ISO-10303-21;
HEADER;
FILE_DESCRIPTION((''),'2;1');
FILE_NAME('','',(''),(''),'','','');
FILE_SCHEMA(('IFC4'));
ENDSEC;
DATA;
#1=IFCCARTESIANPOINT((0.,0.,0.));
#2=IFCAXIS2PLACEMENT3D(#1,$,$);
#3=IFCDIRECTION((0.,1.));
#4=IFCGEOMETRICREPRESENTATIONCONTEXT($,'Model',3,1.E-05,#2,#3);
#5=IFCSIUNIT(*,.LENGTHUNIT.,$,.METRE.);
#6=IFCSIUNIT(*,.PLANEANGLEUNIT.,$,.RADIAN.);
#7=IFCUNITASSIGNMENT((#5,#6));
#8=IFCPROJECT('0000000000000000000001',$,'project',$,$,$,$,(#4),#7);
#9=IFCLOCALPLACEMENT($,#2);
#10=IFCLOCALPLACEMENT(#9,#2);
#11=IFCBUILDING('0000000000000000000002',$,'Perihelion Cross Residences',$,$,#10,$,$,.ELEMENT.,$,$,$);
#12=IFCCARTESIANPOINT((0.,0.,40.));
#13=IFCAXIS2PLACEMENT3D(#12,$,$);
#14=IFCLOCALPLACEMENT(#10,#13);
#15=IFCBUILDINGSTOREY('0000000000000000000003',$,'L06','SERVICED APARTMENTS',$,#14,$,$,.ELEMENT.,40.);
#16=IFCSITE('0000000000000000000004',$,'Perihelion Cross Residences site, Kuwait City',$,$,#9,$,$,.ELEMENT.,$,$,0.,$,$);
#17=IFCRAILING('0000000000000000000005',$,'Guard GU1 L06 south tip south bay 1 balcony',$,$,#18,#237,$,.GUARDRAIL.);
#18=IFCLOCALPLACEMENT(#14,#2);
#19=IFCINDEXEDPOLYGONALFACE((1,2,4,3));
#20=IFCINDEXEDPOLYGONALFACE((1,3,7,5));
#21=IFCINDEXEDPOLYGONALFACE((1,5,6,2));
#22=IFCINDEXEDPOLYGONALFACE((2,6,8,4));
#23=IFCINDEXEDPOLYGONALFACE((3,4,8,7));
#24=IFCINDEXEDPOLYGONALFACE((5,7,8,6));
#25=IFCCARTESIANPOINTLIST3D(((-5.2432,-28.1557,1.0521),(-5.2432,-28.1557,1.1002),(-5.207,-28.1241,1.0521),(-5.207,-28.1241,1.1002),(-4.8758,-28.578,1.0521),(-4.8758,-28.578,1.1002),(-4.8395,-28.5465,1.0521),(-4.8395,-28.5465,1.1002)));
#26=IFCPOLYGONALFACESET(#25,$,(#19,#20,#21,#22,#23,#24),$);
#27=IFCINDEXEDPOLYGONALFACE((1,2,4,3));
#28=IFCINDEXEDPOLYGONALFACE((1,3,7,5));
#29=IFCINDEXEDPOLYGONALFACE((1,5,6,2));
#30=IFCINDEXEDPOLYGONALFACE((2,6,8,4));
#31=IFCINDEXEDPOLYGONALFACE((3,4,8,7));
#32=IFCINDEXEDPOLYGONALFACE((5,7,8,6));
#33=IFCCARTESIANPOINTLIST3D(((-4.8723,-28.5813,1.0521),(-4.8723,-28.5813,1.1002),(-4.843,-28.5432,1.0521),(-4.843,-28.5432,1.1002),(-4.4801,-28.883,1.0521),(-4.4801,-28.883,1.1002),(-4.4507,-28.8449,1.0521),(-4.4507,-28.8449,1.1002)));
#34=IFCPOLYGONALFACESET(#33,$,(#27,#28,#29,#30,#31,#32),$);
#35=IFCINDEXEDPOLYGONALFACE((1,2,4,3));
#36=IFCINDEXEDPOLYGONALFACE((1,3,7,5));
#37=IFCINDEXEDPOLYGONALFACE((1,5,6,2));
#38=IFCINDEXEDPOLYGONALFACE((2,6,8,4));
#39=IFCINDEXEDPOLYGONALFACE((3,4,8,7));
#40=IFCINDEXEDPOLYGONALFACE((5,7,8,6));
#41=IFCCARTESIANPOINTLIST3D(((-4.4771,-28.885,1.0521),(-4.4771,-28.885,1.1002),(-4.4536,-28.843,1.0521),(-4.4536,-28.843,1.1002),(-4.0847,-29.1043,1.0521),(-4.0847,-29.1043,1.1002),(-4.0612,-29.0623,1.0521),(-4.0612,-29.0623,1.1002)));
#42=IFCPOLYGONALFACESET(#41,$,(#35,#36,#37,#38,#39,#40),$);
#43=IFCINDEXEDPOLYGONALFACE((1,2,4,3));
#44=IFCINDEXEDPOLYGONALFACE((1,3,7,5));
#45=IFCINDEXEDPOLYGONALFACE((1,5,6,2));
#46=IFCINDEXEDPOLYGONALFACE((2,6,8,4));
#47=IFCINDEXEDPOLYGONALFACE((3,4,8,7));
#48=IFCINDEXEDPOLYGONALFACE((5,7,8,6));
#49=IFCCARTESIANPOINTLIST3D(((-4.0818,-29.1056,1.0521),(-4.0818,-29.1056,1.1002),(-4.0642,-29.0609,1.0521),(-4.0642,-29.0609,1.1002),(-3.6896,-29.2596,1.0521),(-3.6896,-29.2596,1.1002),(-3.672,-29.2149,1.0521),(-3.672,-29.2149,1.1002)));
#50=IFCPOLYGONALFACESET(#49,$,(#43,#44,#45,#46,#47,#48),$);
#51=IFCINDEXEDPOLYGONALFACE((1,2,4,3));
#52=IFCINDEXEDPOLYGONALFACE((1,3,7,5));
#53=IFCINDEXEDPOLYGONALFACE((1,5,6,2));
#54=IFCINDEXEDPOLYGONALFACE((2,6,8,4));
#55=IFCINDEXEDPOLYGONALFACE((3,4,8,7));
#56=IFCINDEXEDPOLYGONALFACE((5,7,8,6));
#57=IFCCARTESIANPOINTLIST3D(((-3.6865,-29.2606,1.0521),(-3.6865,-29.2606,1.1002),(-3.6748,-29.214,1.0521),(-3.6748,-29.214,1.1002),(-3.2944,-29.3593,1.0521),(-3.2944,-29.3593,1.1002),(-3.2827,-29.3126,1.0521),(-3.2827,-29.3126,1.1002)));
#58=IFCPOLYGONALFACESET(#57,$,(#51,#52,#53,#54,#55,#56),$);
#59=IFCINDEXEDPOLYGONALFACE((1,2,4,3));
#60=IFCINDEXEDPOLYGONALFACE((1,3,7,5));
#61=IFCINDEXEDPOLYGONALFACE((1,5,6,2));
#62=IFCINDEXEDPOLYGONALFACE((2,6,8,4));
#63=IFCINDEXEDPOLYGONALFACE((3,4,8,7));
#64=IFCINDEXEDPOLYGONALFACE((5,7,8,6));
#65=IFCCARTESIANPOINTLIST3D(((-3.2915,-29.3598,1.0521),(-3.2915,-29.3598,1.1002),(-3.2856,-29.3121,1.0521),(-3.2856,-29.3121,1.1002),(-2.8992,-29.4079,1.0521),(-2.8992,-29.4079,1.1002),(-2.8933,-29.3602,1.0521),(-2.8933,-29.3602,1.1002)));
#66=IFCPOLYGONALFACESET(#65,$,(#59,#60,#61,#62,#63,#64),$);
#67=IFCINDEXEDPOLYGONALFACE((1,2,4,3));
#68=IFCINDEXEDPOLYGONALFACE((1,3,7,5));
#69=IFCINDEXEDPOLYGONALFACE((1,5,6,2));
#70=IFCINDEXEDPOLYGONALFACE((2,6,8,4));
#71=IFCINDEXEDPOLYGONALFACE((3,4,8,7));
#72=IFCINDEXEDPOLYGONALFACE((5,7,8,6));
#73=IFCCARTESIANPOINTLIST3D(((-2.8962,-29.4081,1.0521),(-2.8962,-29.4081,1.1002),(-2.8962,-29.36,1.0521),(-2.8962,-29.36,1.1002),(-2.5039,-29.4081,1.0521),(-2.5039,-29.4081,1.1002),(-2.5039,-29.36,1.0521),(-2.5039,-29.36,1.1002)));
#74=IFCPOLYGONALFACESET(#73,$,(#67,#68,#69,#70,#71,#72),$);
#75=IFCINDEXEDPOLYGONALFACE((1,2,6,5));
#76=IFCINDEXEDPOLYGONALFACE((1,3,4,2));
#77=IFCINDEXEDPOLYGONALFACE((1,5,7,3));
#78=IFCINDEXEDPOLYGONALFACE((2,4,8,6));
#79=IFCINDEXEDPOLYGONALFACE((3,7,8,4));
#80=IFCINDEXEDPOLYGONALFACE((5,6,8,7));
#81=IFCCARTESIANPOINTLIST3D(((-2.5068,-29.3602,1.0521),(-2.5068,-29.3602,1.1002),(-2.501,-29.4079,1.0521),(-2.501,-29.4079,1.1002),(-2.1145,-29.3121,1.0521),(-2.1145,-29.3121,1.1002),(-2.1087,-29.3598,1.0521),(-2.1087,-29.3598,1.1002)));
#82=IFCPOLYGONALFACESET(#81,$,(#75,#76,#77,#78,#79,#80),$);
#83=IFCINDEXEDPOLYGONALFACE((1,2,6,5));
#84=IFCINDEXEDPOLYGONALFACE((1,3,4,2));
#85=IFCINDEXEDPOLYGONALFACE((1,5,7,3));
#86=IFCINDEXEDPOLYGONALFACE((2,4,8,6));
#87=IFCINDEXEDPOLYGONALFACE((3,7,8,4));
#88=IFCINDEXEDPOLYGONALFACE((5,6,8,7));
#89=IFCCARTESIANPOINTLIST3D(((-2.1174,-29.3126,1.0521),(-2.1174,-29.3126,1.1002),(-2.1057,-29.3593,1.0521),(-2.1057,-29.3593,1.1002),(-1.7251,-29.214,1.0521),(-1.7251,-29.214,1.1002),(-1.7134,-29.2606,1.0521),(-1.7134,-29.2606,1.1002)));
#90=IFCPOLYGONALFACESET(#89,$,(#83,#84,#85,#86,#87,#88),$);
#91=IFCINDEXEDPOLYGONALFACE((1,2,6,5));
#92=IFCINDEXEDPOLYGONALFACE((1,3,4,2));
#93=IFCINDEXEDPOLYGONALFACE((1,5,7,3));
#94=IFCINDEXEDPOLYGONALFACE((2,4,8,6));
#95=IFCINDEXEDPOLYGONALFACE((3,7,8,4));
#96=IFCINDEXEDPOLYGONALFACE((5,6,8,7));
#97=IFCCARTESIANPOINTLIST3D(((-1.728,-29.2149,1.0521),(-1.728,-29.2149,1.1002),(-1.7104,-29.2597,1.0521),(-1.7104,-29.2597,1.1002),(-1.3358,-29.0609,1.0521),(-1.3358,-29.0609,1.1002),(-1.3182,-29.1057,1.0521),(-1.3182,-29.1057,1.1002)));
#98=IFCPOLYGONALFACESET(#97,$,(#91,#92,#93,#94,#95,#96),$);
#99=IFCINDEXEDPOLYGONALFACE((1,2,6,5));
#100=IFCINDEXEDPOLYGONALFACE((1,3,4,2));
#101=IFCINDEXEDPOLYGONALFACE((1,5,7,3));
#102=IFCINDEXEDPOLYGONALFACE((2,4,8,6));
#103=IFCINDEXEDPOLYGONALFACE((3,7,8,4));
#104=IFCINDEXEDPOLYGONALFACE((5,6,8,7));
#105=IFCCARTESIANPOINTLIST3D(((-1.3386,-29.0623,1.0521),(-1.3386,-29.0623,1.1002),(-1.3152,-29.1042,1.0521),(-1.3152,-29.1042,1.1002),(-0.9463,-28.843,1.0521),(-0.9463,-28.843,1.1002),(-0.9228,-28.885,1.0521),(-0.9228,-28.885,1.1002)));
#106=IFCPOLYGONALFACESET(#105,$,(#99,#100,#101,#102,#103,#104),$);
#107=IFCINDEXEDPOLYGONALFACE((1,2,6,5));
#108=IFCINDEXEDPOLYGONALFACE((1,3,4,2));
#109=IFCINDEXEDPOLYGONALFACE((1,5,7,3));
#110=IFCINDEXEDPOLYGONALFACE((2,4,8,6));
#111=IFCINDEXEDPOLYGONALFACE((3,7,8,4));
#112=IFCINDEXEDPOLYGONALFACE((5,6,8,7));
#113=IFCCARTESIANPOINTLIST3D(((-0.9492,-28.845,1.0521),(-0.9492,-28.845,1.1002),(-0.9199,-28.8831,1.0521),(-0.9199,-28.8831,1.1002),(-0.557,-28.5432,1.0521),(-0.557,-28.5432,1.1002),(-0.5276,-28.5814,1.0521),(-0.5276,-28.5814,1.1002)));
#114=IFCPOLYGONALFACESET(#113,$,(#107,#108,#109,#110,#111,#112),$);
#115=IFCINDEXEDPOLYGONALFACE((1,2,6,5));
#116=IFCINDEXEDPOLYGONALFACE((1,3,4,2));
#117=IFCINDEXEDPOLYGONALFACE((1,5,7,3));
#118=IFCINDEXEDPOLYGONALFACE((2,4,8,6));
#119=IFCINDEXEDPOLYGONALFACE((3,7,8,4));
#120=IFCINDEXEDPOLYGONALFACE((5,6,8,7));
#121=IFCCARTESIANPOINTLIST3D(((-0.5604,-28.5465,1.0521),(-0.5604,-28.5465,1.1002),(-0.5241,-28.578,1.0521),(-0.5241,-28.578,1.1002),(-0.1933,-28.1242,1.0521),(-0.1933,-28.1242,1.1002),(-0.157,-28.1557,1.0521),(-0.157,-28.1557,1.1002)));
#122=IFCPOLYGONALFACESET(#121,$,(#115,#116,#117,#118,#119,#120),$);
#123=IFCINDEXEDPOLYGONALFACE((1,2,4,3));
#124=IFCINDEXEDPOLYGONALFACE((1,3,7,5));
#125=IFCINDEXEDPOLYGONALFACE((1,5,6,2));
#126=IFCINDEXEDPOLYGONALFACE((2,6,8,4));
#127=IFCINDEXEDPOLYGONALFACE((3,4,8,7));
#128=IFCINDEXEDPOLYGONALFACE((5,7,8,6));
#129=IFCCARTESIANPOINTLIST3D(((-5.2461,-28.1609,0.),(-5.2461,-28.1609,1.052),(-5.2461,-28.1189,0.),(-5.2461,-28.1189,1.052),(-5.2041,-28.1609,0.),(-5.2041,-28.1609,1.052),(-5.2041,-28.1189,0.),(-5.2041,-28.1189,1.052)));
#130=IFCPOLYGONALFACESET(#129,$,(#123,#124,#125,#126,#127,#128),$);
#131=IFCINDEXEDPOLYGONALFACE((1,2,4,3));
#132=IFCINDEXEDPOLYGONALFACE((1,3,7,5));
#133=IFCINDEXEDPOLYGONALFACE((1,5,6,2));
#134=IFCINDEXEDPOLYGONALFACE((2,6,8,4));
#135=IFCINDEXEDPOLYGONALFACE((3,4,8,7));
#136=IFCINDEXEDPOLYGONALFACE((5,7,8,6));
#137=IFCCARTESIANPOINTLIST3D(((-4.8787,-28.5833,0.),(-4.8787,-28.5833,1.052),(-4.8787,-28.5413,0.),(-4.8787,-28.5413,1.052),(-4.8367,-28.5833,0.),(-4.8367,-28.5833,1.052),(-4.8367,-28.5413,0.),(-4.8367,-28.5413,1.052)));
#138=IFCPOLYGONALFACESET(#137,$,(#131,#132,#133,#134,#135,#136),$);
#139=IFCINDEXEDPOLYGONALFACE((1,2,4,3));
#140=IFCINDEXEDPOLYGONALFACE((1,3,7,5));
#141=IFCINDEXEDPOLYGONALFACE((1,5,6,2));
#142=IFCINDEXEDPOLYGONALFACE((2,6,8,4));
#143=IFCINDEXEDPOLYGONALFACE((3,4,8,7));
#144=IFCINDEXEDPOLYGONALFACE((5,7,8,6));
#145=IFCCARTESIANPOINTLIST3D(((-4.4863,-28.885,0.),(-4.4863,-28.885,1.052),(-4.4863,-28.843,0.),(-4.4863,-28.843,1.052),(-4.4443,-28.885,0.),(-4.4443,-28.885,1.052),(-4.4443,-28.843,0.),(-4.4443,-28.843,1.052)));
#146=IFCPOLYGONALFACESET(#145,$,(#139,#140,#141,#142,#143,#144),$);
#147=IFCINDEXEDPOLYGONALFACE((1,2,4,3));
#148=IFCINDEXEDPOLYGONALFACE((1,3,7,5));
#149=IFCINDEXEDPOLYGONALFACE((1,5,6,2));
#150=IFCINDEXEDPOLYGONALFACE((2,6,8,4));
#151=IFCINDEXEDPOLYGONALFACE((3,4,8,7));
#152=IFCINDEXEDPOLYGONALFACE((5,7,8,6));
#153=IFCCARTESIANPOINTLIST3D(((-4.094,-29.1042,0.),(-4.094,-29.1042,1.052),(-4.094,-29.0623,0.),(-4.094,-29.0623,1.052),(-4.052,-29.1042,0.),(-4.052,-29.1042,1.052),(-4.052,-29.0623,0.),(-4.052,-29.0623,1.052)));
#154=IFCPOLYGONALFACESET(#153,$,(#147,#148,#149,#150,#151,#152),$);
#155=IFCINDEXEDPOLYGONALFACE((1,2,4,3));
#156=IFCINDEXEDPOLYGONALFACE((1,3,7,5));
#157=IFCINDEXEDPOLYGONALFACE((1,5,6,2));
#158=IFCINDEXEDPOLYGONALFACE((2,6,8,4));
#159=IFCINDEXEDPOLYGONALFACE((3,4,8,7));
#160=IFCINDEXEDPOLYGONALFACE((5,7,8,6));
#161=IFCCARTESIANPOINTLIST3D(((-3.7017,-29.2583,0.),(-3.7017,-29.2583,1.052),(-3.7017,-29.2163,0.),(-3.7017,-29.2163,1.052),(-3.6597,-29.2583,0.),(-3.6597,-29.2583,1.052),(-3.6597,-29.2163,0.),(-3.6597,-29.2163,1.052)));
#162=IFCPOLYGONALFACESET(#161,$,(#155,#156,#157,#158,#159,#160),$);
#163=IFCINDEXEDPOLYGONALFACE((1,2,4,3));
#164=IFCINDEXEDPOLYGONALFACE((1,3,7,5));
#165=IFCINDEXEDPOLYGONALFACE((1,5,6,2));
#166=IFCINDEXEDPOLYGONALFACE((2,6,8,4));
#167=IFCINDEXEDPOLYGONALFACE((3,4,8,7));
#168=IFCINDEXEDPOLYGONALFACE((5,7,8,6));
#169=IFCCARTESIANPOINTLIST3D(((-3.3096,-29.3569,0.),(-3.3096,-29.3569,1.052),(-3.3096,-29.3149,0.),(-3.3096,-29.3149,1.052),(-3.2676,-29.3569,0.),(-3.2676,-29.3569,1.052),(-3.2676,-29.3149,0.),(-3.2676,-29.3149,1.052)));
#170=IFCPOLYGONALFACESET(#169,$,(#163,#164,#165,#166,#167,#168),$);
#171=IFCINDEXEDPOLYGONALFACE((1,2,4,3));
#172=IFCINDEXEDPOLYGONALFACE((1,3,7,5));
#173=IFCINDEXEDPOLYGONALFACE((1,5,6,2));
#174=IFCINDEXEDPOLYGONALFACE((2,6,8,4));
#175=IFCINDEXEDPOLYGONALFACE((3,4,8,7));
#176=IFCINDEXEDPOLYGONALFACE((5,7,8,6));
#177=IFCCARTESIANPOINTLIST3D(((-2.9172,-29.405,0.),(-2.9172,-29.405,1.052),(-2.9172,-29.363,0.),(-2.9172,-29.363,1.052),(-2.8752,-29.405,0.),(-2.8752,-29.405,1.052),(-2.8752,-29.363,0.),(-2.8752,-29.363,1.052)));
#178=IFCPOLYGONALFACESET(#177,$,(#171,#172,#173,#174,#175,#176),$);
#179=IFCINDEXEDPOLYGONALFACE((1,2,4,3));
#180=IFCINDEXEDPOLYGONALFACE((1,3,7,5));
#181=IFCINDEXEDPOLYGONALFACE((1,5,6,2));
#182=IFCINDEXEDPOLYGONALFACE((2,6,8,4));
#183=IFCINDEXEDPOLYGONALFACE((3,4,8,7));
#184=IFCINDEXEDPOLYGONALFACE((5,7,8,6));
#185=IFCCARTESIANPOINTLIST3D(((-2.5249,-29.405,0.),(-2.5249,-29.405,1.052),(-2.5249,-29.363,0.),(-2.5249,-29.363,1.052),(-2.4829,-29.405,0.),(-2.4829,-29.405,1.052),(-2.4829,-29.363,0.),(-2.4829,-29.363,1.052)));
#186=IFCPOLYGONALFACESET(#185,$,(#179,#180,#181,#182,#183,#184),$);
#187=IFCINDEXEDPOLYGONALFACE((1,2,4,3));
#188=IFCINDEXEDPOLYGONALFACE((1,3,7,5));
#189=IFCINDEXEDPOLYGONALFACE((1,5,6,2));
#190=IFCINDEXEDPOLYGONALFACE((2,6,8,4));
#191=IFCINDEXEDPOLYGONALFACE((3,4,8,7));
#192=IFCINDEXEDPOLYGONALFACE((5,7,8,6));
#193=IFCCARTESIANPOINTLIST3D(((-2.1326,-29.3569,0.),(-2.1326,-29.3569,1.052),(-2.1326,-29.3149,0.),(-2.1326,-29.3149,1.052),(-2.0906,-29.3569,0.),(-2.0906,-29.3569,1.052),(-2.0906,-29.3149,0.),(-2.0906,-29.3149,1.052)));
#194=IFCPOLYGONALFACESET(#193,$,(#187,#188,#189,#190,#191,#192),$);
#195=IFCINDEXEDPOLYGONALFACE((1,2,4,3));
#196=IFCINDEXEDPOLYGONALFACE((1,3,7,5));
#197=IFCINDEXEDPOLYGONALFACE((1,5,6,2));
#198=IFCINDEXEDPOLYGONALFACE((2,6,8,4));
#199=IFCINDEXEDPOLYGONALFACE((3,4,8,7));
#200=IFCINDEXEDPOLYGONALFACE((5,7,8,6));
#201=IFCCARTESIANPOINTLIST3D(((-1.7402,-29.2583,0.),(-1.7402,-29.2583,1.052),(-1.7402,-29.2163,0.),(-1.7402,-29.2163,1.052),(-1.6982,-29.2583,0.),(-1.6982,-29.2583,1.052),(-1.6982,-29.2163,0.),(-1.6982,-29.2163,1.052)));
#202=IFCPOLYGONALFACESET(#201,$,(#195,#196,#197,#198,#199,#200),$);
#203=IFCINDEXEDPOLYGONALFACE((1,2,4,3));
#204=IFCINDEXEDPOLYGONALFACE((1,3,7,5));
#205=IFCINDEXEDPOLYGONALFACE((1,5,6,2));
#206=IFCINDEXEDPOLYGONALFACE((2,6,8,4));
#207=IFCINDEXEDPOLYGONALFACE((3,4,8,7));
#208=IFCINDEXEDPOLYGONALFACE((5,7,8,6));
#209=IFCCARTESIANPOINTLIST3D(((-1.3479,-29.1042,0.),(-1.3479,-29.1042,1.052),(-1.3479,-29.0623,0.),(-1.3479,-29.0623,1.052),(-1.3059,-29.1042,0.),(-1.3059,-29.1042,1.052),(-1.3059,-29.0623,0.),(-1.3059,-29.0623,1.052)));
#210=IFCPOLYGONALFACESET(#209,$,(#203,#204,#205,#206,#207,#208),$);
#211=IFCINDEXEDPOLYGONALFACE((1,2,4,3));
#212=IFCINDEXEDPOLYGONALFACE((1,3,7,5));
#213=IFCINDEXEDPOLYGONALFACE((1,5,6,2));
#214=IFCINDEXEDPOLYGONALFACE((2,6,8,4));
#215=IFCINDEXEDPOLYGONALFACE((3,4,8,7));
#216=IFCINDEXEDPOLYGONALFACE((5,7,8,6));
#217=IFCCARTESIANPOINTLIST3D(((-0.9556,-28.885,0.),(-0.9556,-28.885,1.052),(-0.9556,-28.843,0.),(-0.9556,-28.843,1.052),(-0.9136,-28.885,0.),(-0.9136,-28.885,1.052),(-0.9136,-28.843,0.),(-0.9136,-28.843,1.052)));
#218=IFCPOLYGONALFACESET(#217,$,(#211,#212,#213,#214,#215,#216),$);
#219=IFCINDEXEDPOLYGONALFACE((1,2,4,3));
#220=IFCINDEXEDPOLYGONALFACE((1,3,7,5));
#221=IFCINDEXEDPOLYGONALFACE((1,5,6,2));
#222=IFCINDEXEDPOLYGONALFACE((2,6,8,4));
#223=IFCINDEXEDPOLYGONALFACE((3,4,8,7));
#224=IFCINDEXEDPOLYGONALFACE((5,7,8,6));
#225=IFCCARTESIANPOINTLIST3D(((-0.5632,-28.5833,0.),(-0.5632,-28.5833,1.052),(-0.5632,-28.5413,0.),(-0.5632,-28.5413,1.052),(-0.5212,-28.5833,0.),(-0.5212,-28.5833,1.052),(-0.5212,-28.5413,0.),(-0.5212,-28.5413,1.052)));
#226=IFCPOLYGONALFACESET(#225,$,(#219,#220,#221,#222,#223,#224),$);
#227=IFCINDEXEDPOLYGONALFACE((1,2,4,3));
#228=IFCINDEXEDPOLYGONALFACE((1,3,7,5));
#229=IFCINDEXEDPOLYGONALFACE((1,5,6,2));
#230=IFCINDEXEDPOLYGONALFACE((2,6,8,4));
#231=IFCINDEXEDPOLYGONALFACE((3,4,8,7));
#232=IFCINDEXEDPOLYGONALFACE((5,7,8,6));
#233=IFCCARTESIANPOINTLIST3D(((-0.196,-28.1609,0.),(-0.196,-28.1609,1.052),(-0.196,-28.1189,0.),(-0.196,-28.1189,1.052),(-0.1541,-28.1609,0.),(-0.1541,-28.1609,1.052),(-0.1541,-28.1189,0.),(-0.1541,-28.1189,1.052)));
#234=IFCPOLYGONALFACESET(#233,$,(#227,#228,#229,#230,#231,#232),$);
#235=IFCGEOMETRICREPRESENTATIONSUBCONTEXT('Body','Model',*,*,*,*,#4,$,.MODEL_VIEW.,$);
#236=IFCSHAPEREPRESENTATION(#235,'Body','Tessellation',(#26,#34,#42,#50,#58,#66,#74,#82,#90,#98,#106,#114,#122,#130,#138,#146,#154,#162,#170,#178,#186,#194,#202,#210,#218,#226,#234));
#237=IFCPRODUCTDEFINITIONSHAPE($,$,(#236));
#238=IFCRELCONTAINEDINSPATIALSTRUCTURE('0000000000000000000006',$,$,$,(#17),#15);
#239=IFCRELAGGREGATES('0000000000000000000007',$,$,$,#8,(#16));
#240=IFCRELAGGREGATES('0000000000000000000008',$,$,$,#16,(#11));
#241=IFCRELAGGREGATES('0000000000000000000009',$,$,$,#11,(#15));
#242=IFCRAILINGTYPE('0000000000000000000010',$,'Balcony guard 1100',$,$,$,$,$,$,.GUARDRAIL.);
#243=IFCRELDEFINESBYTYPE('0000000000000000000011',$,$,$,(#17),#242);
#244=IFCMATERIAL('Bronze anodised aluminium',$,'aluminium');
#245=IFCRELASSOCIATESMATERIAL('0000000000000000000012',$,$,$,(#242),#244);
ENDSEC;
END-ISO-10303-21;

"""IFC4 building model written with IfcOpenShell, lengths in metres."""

from ifc_helpers import new_model, si_unit, direction, frame, origin, origin_2d, place, context, subcontext, project, spatial, rectangle, extrude, material, type_object, element, save


model = new_model("IFC4")

# Units and contexts
model_context = context("Model", 3, precision=1e-05, world=origin(), true_north=direction((0.0, 1.0)))
body_context = subcontext(model_context, "Body", "Model", "MODEL_VIEW")
ifc_project = project(units=[si_unit("LENGTHUNIT", "METRE"), si_unit("PLANEANGLEUNIT", "RADIAN")], contexts=[model_context])

# Site, building, storey
site_placement = place(None, origin())
site = spatial("IfcSite", under=ifc_project, at=site_placement, Name="Perihelion Cross Residences site, Kuwait City", CompositionType="ELEMENT", RefElevation=0.0)
building_placement = place(site_placement, origin())
building = spatial("IfcBuilding", under=site, at=building_placement, Name="Perihelion Cross Residences", CompositionType="ELEMENT")
storey_placement = place(building_placement, frame((0.0, 0.0, 40.0)))
storey = spatial("IfcBuildingStorey", under=building, at=storey_placement, Name="L06", Description="SERVICED APARTMENTS", CompositionType="ELEMENT", Elevation=40.0)

# Railing
ifc_material_1 = material(Name="Bronze anodised aluminium", Category="aluminium")
railing_type = type_object("IfcRailingType", Name="Balcony guard 1100", PredefinedType="GUARDRAIL", material=ifc_material_1)
railing_placement = place(storey_placement, frame((-5.2251, -28.1399, 0.0)))
element("IfcRailing", 1, at=railing_placement, inside=storey, type_object=railing_type, Name="Guard GU1 L06 south tip south bay 1 balcony", PredefinedType="GUARDRAIL", context=body_context, shape_type="SweptSolid", body=[
    extrude(rectangle(XDim=0.0481, YDim=0.0481, at=origin_2d()), frame((0.0, 0.0, 1.0762), z_axis=(0.656341, -0.754465, 0.0), x_axis=(0.754465, 0.656341, 0.0)), (0.0, 0.0, 1.0), 0.5598),
    extrude(rectangle(XDim=0.0481, YDim=0.0481, at=origin_2d()), frame((0.3674, -0.4224, 1.0762), z_axis=(0.792661, -0.609663, 0.0), x_axis=(0.609663, 0.792661, 0.0)), (0.0, 0.0, 1.0), 0.4949),
    extrude(rectangle(XDim=0.0481, YDim=0.0481, at=origin_2d()), frame((0.7598, -0.7241, 1.0762), z_axis=(0.87295, -0.487809, 0.0), x_axis=(0.487809, 0.87295, 0.0)), (0.0, 0.0, 1.0), 0.4495),
    extrude(rectangle(XDim=0.0481, YDim=0.0481, at=origin_2d()), frame((1.1521, -0.9434, 1.0762), z_axis=(0.930815, -0.365491, 0.0), x_axis=(0.365491, 0.930815, 0.0)), (0.0, 0.0, 1.0), 0.4214),
    extrude(rectangle(XDim=0.0481, YDim=0.0481, at=origin_2d()), frame((1.5444, -1.0974, 1.0762), z_axis=(0.969786, -0.243956, 0.0), x_axis=(0.243956, 0.969786, 0.0)), (0.0, 0.0, 1.0), 0.4043),
    extrude(rectangle(XDim=0.0481, YDim=0.0481, at=origin_2d()), frame((1.9365, -1.196, 1.0762), z_axis=(0.99257, -0.121678, 0.0), x_axis=(0.121678, 0.99257, 0.0)), (0.0, 0.0, 1.0), 0.3953),
    extrude(rectangle(XDim=0.0481, YDim=0.0481, at=origin_2d()), frame((2.3289, -1.2441, 1.0762), z_axis=(1.0, 0.0, 0.0), x_axis=(0.0, 1.0, 0.0)), (0.0, 0.0, 1.0), 0.3923),
    extrude(rectangle(XDim=0.0481, YDim=0.0481, at=origin_2d()), frame((2.7212, -1.2441, 1.0762), z_axis=(0.99257, 0.121678, 0.0), x_axis=(-0.121678, 0.99257, 0.0)), (0.0, 0.0, 1.0), 0.3953),
    extrude(rectangle(XDim=0.0481, YDim=0.0481, at=origin_2d()), frame((3.1135, -1.196, 1.0762), z_axis=(0.969822, 0.243813, 0.0), x_axis=(-0.243813, 0.969822, 0.0)), (0.0, 0.0, 1.0), 0.4045),
    extrude(rectangle(XDim=0.0481, YDim=0.0481, at=origin_2d()), frame((3.5059, -1.0974, 1.0762), z_axis=(0.930815, 0.365491, 0.0), x_axis=(-0.365491, 0.930815, 0.0)), (0.0, 0.0, 1.0), 0.4214),
    extrude(rectangle(XDim=0.0481, YDim=0.0481, at=origin_2d()), frame((3.8982, -0.9434, 1.0762), z_axis=(0.87295, 0.487809, 0.0), x_axis=(-0.487809, 0.87295, 0.0)), (0.0, 0.0, 1.0), 0.4495),
    extrude(rectangle(XDim=0.0481, YDim=0.0481, at=origin_2d()), frame((4.2905, -0.7241, 1.0762), z_axis=(0.792661, 0.609663, 0.0), x_axis=(-0.609663, 0.792661, 0.0)), (0.0, 0.0, 1.0), 0.4949),
    extrude(rectangle(XDim=0.0481, YDim=0.0481, at=origin_2d()), frame((4.6829, -0.4224, 1.0762), z_axis=(0.656092, 0.754681, 0.0), x_axis=(-0.754681, 0.656092, 0.0)), (0.0, 0.0, 1.0), 0.5596),
    extrude(rectangle(XDim=0.042, YDim=0.042, at=origin_2d()), origin(), (0.0, 0.0, 1.0), 1.052),
    extrude(rectangle(XDim=0.042, YDim=0.042, at=origin_2d()), frame((0.3674, -0.4224, 0.0)), (0.0, 0.0, 1.0), 1.052),
    extrude(rectangle(XDim=0.042, YDim=0.042, at=origin_2d()), frame((0.7598, -0.7241, 0.0)), (0.0, 0.0, 1.0), 1.052),
    extrude(rectangle(XDim=0.042, YDim=0.042, at=origin_2d()), frame((1.1521, -0.9434, 0.0)), (0.0, 0.0, 1.0), 1.052),
    extrude(rectangle(XDim=0.042, YDim=0.042, at=origin_2d()), frame((1.5444, -1.0974, 0.0)), (0.0, 0.0, 1.0), 1.052),
    extrude(rectangle(XDim=0.042, YDim=0.042, at=origin_2d()), frame((1.9365, -1.196, 0.0)), (0.0, 0.0, 1.0), 1.052),
    extrude(rectangle(XDim=0.042, YDim=0.042, at=origin_2d()), frame((2.3289, -1.2441, 0.0)), (0.0, 0.0, 1.0), 1.052),
    extrude(rectangle(XDim=0.042, YDim=0.042, at=origin_2d()), frame((2.7212, -1.2441, 0.0)), (0.0, 0.0, 1.0), 1.052),
    extrude(rectangle(XDim=0.042, YDim=0.042, at=origin_2d()), frame((3.1135, -1.196, 0.0)), (0.0, 0.0, 1.0), 1.052),
    extrude(rectangle(XDim=0.042, YDim=0.042, at=origin_2d()), frame((3.5059, -1.0974, 0.0)), (0.0, 0.0, 1.0), 1.052),
    extrude(rectangle(XDim=0.042, YDim=0.042, at=origin_2d()), frame((3.8982, -0.9434, 0.0)), (0.0, 0.0, 1.0), 1.052),
    extrude(rectangle(XDim=0.042, YDim=0.042, at=origin_2d()), frame((4.2905, -0.7241, 0.0)), (0.0, 0.0, 1.0), 1.052),
    extrude(rectangle(XDim=0.042, YDim=0.042, at=origin_2d()), frame((4.6829, -0.4224, 0.0)), (0.0, 0.0, 1.0), 1.052),
    extrude(rectangle(XDim=0.042, YDim=0.042, at=origin_2d()), frame((5.05, 0.0, 0.0)), (0.0, 0.0, 1.0), 1.052),
])

save(model, "model.ifc")
